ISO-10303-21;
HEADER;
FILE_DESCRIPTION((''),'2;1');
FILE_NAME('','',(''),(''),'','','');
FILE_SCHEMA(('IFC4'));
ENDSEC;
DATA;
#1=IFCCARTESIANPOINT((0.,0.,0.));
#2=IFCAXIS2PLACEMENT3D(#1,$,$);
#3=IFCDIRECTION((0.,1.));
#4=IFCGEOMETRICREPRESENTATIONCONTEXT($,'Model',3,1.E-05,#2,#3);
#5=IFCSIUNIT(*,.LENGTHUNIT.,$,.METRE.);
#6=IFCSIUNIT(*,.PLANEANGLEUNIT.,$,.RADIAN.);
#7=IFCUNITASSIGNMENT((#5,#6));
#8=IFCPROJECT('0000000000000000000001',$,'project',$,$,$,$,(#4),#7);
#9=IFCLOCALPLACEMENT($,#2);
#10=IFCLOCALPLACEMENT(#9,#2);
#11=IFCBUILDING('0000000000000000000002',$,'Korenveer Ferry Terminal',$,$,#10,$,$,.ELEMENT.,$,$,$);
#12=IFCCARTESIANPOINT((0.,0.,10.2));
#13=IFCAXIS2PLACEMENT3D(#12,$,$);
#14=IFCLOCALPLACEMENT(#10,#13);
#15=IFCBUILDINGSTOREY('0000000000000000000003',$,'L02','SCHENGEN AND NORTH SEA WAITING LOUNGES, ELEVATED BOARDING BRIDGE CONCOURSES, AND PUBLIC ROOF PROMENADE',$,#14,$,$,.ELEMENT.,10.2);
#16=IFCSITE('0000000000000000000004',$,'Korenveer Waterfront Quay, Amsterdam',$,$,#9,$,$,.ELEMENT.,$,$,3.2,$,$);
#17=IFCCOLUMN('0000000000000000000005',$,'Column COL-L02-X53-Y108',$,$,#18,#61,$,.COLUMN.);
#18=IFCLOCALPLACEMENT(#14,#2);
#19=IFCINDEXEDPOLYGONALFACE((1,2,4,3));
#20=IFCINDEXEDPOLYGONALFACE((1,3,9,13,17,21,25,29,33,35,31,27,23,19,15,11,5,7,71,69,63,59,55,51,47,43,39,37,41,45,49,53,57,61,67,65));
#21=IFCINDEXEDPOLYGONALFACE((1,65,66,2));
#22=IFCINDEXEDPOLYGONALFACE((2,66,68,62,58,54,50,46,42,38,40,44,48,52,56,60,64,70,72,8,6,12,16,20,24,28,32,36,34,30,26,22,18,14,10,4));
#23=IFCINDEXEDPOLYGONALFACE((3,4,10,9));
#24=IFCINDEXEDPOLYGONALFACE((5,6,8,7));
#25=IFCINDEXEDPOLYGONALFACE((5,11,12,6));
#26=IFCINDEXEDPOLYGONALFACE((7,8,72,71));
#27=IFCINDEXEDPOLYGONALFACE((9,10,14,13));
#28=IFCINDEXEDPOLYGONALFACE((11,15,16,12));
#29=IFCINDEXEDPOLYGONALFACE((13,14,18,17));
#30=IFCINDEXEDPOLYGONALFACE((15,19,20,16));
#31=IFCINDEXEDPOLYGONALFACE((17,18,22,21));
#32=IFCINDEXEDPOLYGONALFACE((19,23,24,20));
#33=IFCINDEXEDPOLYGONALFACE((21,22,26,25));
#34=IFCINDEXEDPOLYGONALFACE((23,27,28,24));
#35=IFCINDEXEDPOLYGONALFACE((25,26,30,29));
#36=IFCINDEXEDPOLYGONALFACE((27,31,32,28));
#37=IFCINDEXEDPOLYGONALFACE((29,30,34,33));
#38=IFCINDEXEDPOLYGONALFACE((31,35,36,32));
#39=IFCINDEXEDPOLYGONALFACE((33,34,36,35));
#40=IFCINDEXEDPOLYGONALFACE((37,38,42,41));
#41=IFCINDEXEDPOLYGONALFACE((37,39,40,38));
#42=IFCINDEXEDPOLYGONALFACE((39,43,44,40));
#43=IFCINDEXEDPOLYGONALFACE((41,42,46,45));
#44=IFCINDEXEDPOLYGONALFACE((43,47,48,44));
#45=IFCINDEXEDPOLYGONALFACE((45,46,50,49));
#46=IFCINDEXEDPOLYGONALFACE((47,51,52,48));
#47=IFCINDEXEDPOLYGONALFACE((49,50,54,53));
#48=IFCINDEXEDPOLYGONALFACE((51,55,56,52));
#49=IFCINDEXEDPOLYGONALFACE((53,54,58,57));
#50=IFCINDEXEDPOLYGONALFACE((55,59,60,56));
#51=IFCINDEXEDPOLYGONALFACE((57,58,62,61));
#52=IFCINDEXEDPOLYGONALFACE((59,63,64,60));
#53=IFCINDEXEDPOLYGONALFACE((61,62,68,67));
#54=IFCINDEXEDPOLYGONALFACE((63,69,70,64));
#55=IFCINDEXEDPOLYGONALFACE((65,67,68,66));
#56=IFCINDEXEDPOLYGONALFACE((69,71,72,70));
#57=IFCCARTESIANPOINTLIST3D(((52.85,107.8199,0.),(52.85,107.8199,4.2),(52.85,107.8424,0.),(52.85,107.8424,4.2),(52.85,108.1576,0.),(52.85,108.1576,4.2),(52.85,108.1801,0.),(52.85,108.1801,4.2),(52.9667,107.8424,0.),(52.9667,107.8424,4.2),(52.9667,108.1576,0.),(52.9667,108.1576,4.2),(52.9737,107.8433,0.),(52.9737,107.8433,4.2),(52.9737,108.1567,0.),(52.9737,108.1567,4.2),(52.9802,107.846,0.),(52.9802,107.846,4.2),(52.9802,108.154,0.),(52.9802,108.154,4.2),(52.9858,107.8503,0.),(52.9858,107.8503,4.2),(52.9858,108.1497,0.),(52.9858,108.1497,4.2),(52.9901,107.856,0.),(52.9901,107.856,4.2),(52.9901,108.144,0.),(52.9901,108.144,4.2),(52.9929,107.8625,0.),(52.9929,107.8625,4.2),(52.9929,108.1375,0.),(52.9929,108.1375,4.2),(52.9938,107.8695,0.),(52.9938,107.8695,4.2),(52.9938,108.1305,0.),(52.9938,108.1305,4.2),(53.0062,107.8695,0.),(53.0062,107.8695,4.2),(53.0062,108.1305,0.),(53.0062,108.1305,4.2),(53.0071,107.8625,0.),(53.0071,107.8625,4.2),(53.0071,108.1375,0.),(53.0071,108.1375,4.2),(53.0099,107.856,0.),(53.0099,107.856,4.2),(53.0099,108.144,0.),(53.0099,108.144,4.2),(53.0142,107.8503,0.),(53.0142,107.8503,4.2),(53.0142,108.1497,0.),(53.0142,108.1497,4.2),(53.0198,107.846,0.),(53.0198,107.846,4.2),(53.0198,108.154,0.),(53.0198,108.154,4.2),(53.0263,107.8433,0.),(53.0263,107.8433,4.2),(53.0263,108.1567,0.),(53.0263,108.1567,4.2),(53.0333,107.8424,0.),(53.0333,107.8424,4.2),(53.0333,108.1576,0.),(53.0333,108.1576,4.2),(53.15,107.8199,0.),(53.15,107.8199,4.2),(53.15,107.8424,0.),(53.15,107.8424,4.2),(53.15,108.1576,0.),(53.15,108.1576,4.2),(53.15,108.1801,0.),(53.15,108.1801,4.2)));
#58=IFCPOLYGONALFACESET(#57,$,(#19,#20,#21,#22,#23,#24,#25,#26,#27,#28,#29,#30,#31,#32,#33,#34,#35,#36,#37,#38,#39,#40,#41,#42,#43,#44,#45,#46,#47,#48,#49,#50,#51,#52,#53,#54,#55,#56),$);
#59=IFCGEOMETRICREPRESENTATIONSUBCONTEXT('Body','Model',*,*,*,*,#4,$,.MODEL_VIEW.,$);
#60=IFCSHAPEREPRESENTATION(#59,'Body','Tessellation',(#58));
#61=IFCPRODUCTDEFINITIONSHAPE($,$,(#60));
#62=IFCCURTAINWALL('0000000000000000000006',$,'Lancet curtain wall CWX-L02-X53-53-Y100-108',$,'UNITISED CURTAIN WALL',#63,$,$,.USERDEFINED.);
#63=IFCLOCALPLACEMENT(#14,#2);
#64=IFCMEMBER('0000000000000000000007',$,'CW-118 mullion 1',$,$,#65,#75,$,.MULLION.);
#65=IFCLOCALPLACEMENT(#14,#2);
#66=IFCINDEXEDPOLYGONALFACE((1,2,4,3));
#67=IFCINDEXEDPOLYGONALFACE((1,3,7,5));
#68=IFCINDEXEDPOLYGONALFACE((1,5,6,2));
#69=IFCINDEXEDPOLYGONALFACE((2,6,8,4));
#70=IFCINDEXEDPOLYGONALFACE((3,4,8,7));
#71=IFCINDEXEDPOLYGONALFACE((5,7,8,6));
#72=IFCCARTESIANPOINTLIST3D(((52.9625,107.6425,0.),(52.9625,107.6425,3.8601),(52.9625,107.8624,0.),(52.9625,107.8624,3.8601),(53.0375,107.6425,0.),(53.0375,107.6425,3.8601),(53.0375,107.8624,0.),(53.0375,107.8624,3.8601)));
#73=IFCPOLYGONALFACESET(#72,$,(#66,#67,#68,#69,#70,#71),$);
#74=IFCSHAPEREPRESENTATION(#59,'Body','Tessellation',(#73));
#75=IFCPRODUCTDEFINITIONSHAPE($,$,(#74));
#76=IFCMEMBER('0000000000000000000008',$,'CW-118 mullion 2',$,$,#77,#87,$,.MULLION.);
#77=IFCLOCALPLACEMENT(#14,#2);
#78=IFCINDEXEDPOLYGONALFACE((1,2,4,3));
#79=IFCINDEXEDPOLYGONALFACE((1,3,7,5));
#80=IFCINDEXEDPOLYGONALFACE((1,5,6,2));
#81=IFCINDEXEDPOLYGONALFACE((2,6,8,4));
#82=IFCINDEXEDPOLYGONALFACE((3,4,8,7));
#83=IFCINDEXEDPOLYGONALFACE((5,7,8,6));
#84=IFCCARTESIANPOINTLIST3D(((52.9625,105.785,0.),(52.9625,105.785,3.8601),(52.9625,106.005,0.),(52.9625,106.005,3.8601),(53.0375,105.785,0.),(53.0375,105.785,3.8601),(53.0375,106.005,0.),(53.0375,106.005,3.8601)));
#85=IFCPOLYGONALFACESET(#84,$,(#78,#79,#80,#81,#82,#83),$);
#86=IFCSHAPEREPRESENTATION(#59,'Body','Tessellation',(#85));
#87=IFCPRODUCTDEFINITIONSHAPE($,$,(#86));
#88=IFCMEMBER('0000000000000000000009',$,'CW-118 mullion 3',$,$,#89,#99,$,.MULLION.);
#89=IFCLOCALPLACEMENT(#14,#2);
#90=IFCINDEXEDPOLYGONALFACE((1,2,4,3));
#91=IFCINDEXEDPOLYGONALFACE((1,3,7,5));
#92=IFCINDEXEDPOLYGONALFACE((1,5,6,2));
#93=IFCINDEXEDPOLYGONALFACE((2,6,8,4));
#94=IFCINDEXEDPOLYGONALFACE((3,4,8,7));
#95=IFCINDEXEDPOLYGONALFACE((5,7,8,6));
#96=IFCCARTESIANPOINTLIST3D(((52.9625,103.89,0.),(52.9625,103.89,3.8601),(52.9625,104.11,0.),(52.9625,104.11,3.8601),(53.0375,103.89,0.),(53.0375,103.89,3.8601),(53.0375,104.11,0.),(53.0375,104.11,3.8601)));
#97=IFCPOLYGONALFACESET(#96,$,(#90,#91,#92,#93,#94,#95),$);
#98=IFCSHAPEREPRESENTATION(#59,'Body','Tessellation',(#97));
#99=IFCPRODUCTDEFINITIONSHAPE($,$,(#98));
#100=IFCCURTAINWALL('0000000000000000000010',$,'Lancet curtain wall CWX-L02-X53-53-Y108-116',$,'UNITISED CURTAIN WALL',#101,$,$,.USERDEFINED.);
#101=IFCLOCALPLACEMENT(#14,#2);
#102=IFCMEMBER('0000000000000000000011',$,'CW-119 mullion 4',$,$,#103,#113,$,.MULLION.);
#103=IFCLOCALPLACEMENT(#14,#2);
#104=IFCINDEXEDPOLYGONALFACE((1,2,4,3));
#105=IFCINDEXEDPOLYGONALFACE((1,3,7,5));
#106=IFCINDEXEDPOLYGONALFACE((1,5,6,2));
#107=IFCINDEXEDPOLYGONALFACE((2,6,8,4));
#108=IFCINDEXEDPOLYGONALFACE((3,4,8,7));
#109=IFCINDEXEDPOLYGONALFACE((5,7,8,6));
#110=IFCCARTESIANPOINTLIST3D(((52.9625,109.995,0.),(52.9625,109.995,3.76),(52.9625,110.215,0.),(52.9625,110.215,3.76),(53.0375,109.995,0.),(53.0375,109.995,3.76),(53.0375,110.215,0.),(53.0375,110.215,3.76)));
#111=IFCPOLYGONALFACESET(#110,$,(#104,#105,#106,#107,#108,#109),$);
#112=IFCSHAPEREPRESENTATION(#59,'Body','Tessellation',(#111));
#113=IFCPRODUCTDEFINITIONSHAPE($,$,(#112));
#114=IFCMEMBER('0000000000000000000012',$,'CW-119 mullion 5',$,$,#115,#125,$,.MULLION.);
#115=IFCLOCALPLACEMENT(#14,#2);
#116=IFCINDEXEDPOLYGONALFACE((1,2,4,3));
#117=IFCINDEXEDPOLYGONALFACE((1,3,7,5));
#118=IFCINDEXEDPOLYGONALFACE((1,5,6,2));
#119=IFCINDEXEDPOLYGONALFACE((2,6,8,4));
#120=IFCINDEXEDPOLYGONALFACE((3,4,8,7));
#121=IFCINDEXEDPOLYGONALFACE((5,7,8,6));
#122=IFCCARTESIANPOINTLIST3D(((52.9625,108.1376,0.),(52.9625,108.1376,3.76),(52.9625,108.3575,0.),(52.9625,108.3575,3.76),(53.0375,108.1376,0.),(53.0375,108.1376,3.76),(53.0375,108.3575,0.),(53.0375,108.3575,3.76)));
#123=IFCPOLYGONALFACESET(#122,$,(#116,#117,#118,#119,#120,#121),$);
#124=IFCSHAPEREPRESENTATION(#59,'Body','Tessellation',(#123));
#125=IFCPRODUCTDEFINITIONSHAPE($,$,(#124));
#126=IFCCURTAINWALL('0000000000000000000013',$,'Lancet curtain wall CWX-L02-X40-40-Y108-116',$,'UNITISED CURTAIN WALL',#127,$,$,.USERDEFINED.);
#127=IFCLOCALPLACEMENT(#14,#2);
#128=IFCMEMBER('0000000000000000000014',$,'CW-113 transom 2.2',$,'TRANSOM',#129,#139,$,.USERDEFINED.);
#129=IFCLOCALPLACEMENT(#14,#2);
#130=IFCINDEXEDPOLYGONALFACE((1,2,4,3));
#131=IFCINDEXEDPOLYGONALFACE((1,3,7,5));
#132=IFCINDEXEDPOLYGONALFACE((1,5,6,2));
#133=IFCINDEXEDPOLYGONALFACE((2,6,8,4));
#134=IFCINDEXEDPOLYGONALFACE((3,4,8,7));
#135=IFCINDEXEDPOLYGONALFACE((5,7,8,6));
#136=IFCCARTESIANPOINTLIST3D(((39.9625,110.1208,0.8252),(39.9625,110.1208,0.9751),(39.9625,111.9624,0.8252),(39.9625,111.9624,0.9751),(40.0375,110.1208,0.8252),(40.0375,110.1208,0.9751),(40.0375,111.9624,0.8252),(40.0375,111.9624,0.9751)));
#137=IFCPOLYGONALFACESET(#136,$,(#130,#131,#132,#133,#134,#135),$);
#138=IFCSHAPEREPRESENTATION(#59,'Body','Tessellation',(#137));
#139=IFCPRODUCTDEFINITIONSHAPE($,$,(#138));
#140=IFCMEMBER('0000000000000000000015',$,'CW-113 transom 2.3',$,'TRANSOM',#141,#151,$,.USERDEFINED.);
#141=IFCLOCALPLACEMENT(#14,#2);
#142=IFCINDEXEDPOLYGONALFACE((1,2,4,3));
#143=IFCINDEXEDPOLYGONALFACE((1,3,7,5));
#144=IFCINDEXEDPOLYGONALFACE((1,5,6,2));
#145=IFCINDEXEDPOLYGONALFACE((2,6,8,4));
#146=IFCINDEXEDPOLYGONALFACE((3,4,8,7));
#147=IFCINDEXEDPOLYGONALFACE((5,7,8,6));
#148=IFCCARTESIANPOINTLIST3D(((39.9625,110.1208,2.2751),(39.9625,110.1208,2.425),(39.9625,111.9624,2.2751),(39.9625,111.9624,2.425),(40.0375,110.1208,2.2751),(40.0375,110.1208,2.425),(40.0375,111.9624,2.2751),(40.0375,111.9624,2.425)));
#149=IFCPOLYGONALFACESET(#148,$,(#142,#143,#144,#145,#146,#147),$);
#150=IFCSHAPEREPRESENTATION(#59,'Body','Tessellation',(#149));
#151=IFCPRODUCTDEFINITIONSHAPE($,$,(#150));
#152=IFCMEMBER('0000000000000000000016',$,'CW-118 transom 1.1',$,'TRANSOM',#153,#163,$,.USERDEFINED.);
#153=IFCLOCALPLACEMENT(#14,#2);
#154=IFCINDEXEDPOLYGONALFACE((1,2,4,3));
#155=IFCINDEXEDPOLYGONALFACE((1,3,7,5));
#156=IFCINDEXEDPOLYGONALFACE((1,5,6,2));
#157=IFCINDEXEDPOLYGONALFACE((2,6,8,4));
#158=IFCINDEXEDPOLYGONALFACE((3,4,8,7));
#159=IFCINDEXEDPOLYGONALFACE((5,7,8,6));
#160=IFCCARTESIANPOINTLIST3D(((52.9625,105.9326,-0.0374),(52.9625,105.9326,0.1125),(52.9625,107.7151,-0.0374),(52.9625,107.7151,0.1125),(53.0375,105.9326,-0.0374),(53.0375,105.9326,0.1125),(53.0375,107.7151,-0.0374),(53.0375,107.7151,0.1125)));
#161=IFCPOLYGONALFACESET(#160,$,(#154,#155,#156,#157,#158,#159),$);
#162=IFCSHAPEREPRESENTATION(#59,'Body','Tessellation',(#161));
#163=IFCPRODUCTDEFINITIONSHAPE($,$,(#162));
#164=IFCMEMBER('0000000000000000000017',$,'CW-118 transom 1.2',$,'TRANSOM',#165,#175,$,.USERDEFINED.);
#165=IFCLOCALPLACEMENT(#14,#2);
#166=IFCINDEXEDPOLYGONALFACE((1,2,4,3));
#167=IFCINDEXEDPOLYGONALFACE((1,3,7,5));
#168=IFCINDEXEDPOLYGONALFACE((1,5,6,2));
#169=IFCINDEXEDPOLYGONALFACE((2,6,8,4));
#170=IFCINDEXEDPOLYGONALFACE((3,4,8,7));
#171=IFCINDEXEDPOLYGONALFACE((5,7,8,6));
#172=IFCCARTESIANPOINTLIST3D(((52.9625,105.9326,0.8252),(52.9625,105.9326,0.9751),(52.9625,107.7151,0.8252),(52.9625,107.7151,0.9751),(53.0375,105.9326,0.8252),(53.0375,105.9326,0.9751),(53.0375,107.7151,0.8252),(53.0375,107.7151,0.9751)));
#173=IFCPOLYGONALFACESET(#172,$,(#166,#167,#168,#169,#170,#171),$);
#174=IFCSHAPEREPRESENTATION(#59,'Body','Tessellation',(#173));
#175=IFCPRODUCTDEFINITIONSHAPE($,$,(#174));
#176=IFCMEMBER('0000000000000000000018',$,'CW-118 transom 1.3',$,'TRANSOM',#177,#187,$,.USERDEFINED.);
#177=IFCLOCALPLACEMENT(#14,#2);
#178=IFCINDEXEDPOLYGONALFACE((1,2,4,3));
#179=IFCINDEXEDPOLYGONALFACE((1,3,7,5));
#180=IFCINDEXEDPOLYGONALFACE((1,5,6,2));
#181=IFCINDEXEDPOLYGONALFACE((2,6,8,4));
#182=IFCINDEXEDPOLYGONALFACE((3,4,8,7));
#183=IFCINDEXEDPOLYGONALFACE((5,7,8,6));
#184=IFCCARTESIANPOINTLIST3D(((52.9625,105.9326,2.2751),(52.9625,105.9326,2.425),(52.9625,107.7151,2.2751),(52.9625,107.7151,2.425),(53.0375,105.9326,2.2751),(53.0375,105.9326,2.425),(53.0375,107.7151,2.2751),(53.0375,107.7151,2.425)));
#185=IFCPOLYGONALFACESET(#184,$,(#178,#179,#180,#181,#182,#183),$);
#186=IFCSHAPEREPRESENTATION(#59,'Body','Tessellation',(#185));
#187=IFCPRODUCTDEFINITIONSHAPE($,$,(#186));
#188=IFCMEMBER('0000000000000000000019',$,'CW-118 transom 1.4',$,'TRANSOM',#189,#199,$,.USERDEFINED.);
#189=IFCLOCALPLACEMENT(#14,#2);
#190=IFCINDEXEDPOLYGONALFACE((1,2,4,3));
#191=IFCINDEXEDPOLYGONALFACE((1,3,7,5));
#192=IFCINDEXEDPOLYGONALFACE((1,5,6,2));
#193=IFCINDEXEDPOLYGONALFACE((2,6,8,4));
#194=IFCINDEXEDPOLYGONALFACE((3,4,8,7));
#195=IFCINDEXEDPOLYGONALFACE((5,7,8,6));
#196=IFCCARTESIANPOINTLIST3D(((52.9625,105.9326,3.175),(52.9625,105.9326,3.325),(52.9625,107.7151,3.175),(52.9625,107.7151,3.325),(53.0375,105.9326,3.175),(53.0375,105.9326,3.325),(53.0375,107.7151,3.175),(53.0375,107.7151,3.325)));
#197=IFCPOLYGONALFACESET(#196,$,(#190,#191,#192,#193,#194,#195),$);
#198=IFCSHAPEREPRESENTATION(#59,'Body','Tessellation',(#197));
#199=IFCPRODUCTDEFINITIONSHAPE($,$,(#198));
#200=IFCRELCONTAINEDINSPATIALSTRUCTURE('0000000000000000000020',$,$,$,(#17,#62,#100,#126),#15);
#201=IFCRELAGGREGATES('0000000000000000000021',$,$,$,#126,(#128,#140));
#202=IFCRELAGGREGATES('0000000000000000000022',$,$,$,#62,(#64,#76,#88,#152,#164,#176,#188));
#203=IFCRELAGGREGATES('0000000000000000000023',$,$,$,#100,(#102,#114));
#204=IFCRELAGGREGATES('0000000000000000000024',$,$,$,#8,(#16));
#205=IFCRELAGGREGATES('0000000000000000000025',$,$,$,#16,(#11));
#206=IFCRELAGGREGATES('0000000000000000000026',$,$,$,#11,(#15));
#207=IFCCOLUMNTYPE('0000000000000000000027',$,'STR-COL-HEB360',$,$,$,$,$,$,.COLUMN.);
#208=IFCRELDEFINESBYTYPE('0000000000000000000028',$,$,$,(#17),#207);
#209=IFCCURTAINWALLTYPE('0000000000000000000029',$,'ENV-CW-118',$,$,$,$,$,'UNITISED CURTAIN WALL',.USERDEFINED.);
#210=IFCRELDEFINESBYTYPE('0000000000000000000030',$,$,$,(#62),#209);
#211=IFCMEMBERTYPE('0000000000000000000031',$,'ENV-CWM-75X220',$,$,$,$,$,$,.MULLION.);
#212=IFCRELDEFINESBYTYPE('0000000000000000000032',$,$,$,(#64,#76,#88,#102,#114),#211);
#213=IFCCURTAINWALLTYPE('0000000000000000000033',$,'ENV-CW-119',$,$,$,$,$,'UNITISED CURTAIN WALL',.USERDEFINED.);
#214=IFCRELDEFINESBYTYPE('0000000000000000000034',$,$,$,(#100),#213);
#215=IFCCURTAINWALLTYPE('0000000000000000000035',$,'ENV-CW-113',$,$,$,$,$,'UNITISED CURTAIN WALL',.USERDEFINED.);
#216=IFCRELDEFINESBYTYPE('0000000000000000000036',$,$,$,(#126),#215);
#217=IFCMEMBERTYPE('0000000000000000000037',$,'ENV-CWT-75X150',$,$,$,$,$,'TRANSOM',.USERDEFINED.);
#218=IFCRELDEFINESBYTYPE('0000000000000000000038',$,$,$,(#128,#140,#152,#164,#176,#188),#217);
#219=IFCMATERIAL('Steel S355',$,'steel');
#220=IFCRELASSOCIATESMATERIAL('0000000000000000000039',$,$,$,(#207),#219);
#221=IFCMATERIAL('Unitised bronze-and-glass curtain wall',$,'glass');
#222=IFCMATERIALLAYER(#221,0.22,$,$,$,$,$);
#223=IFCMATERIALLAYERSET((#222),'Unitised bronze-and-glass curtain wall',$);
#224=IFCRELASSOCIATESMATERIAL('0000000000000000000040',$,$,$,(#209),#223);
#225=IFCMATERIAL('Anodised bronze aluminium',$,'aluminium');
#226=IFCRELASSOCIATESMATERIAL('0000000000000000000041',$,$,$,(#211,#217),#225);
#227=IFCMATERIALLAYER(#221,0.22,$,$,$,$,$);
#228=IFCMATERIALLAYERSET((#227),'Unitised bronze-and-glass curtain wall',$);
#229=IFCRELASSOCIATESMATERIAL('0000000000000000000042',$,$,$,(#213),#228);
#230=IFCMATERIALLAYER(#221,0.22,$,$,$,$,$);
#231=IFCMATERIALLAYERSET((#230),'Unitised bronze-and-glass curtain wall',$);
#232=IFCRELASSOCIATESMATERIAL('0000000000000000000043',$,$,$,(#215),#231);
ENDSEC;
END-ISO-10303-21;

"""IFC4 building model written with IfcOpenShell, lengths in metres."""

from ifc_helpers import new_model, si_unit, direction, frame, origin, origin_2d, place, context, subcontext, project, spatial, rectangle, i_section, extrude, material, layer, layer_set, material_profile, profile_set, type_object, element, aggregate, save


model = new_model("IFC4")

# Units and contexts
model_context = context("Model", 3, precision=1e-05, world=origin(), true_north=direction((0.0, 1.0)))
body_context = subcontext(model_context, "Body", "Model", "MODEL_VIEW")
ifc_project = project(units=[si_unit("LENGTHUNIT", "METRE"), si_unit("PLANEANGLEUNIT", "RADIAN")], contexts=[model_context])

# Site, building, storey
site_placement = place(None, origin())
site = spatial("IfcSite", under=ifc_project, at=site_placement, Name="Korenveer Waterfront Quay, Amsterdam", CompositionType="ELEMENT", RefElevation=3.2)
building_placement = place(site_placement, origin())
building = spatial("IfcBuilding", under=site, at=building_placement, Name="Korenveer Ferry Terminal", CompositionType="ELEMENT")
storey_placement = place(building_placement, frame((0.0, 0.0, 10.2)))
storey = spatial("IfcBuildingStorey", under=building, at=storey_placement, Name="L02", Description="SCHENGEN AND NORTH SEA WAITING LOUNGES, ELEVATED BOARDING BRIDGE CONCOURSES, AND PUBLIC ROOF PROMENADE", CompositionType="ELEMENT", Elevation=10.2)

# Column
ifc_material_1 = material(Name="Steel S355", Category="steel")
ifc_material_profile_1 = material_profile(ifc_material_1, i_section(OverallWidth=0.3, OverallDepth=0.3601, WebThickness=0.0125, FlangeThickness=0.0225, FilletRadius=0.0271, at=origin_2d()), Name="HEB 360")
ifc_profile_set_1 = profile_set([ifc_material_profile_1], Name="Steel S355")
column_type = type_object("IfcColumnType", Name="STR-COL-HEB360", PredefinedType="COLUMN", material=ifc_profile_set_1)
column_placement = place(storey_placement, frame((53.0, 108.0, 0.0), z_axis=(0.0, 0.0, 1.0), x_axis=(1.0, 0.0, 0.0)))
element("IfcColumn", 1, at=column_placement, inside=storey, type_object=column_type, Name="Column COL-L02-X53-Y108", PredefinedType="COLUMN", context=body_context, shape_type="SweptSolid", body=[
    extrude(i_section(OverallWidth=0.3, OverallDepth=0.3601, WebThickness=0.0125, FlangeThickness=0.0225, FilletRadius=0.0271, at=origin_2d()), origin(), (0.0, 0.0, 1.0), 4.2),
])

# Curtain walls, members
ifc_material_2 = material(Name="Unitised bronze-and-glass curtain wall", Category="glass")
ifc_layer_1 = layer(ifc_material_2, 0.22)
ifc_layer_set_1 = layer_set([ifc_layer_1], Name="Unitised bronze-and-glass curtain wall")
curtain_wall_type_1 = type_object("IfcCurtainWallType", Name="ENV-CW-118", ElementType="UNITISED CURTAIN WALL", PredefinedType="USERDEFINED", material=ifc_layer_set_1)
curtain_wall_1_placement = place(storey_placement, frame((53.0, 107.79, 0.0)))
curtain_wall_1 = element("IfcCurtainWall", 2, at=curtain_wall_1_placement, inside=storey, type_object=curtain_wall_type_1, Name="Lancet curtain wall CWX-L02-X53-53-Y100-108", ObjectType="UNITISED CURTAIN WALL", PredefinedType="USERDEFINED")
ifc_material_3 = material(Name="Anodised bronze aluminium", Category="aluminium")
ifc_material_profile_2 = material_profile(ifc_material_3, rectangle(XDim=0.075, YDim=0.22, at=origin_2d()), Name="ALU 75x220")
ifc_profile_set_2 = profile_set([ifc_material_profile_2], Name="Anodised bronze aluminium")
member_type_1 = type_object("IfcMemberType", Name="ENV-CWM-75X220", PredefinedType="MULLION", material=ifc_profile_set_2)
member_1_placement = place(storey_placement, frame((53.0, 107.7524, 0.0), z_axis=(0.0, 0.0, 1.0), x_axis=(1.0, 0.0, 0.0)))
member_1 = element("IfcMember", 3, at=member_1_placement, type_object=member_type_1, Name="CW-118 mullion 1", PredefinedType="MULLION", context=body_context, shape_type="SweptSolid", body=[
    extrude(rectangle(XDim=0.075, YDim=0.22, at=origin_2d()), origin(), (0.0, 0.0, 1.0), 3.8601),
])
member_2_placement = place(storey_placement, frame((53.0, 105.895, 0.0), z_axis=(0.0, 0.0, 1.0), x_axis=(1.0, 0.0, 0.0)))
member_2 = element("IfcMember", 4, at=member_2_placement, type_object=member_type_1, Name="CW-118 mullion 2", PredefinedType="MULLION", context=body_context, shape_type="SweptSolid", body=[
    extrude(rectangle(XDim=0.075, YDim=0.22, at=origin_2d()), origin(), (0.0, 0.0, 1.0), 3.8601),
])
member_3_placement = place(storey_placement, frame((53.0, 104.0, 0.0), z_axis=(0.0, 0.0, 1.0), x_axis=(1.0, 0.0, 0.0)))
member_3 = element("IfcMember", 5, at=member_3_placement, type_object=member_type_1, Name="CW-118 mullion 3", PredefinedType="MULLION", context=body_context, shape_type="SweptSolid", body=[
    extrude(rectangle(XDim=0.075, YDim=0.22, at=origin_2d()), origin(), (0.0, 0.0, 1.0), 3.8601),
])
ifc_layer_2 = layer(ifc_material_2, 0.22)
ifc_layer_set_2 = layer_set([ifc_layer_2], Name="Unitised bronze-and-glass curtain wall")
curtain_wall_type_2 = type_object("IfcCurtainWallType", Name="ENV-CW-119", ElementType="UNITISED CURTAIN WALL", PredefinedType="USERDEFINED", material=ifc_layer_set_2)
curtain_wall_2_placement = place(storey_placement, frame((53.0, 115.79, 0.0)))
curtain_wall_2 = element("IfcCurtainWall", 6, at=curtain_wall_2_placement, inside=storey, type_object=curtain_wall_type_2, Name="Lancet curtain wall CWX-L02-X53-53-Y108-116", ObjectType="UNITISED CURTAIN WALL", PredefinedType="USERDEFINED")
member_4_placement = place(storey_placement, frame((53.0, 110.105, 0.0), z_axis=(0.0, 0.0, 1.0), x_axis=(1.0, 0.0, 0.0)))
member_4 = element("IfcMember", 7, at=member_4_placement, type_object=member_type_1, Name="CW-119 mullion 4", PredefinedType="MULLION", context=body_context, shape_type="SweptSolid", body=[
    extrude(rectangle(XDim=0.075, YDim=0.22, at=origin_2d()), origin(), (0.0, 0.0, 1.0), 3.76),
])
member_5_placement = place(storey_placement, frame((53.0, 108.2476, 0.0), z_axis=(0.0, 0.0, 1.0), x_axis=(1.0, 0.0, 0.0)))
member_5 = element("IfcMember", 8, at=member_5_placement, type_object=member_type_1, Name="CW-119 mullion 5", PredefinedType="MULLION", context=body_context, shape_type="SweptSolid", body=[
    extrude(rectangle(XDim=0.075, YDim=0.22, at=origin_2d()), origin(), (0.0, 0.0, 1.0), 3.76),
])
ifc_layer_3 = layer(ifc_material_2, 0.22)
ifc_layer_set_3 = layer_set([ifc_layer_3], Name="Unitised bronze-and-glass curtain wall")
curtain_wall_type_3 = type_object("IfcCurtainWallType", Name="ENV-CW-113", ElementType="UNITISED CURTAIN WALL", PredefinedType="USERDEFINED", material=ifc_layer_set_3)
curtain_wall_3_placement = place(storey_placement, frame((40.0, 108.1665, 0.0)))
curtain_wall_3 = element("IfcCurtainWall", 9, at=curtain_wall_3_placement, inside=storey, type_object=curtain_wall_type_3, Name="Lancet curtain wall CWX-L02-X40-40-Y108-116", ObjectType="UNITISED CURTAIN WALL", PredefinedType="USERDEFINED")
ifc_material_profile_3 = material_profile(ifc_material_3, rectangle(XDim=0.075, YDim=0.1499, at=origin_2d()), Name="ALU 75x150")
ifc_profile_set_3 = profile_set([ifc_material_profile_3], Name="Anodised bronze aluminium")
member_type_2 = type_object("IfcMemberType", Name="ENV-CWT-75X150", ElementType="TRANSOM", PredefinedType="USERDEFINED", material=ifc_profile_set_3)
member_6_placement = place(storey_placement, frame((40.0, 110.1208, 0.9001), z_axis=(0.0, 1.0, 0.0), x_axis=(-1.0, 0.0, 0.0)))
member_6 = element("IfcMember", 10, at=member_6_placement, type_object=member_type_2, Name="CW-113 transom 2.2", ObjectType="TRANSOM", PredefinedType="USERDEFINED", context=body_context, shape_type="SweptSolid", body=[
    extrude(rectangle(XDim=0.075, YDim=0.1499, at=origin_2d()), origin(), (0.0, 0.0, 1.0), 1.8416),
])
member_7_placement = place(storey_placement, frame((40.0, 110.1208, 2.3501), z_axis=(0.0, 1.0, 0.0), x_axis=(-1.0, 0.0, 0.0)))
member_7 = element("IfcMember", 11, at=member_7_placement, type_object=member_type_2, Name="CW-113 transom 2.3", ObjectType="TRANSOM", PredefinedType="USERDEFINED", context=body_context, shape_type="SweptSolid", body=[
    extrude(rectangle(XDim=0.075, YDim=0.1499, at=origin_2d()), origin(), (0.0, 0.0, 1.0), 1.8416),
])
aggregate(curtain_wall_3, [member_6, member_7])

# Members
member_8_placement = place(storey_placement, frame((53.0, 107.7151, 0.0376), z_axis=(0.0, -1.0, 0.0), x_axis=(1.0, 0.0, 0.0)))
member_8 = element("IfcMember", 12, at=member_8_placement, type_object=member_type_2, Name="CW-118 transom 1.1", ObjectType="TRANSOM", PredefinedType="USERDEFINED", context=body_context, shape_type="SweptSolid", body=[
    extrude(rectangle(XDim=0.075, YDim=0.1499, at=origin_2d()), origin(), (0.0, 0.0, 1.0), 1.7825),
])
member_9_placement = place(storey_placement, frame((53.0, 107.7151, 0.9001), z_axis=(0.0, -1.0, 0.0), x_axis=(1.0, 0.0, 0.0)))
member_9 = element("IfcMember", 13, at=member_9_placement, type_object=member_type_2, Name="CW-118 transom 1.2", ObjectType="TRANSOM", PredefinedType="USERDEFINED", context=body_context, shape_type="SweptSolid", body=[
    extrude(rectangle(XDim=0.075, YDim=0.1499, at=origin_2d()), origin(), (0.0, 0.0, 1.0), 1.7825),
])
member_10_placement = place(storey_placement, frame((53.0, 107.7151, 2.3501), z_axis=(0.0, -1.0, 0.0), x_axis=(1.0, 0.0, 0.0)))
member_10 = element("IfcMember", 14, at=member_10_placement, type_object=member_type_2, Name="CW-118 transom 1.3", ObjectType="TRANSOM", PredefinedType="USERDEFINED", context=body_context, shape_type="SweptSolid", body=[
    extrude(rectangle(XDim=0.075, YDim=0.1499, at=origin_2d()), origin(), (0.0, 0.0, 1.0), 1.7825),
])
member_11_placement = place(storey_placement, frame((53.0, 107.7151, 3.25), z_axis=(0.0, -1.0, 0.0), x_axis=(1.0, 0.0, 0.0)))
member_11 = element("IfcMember", 15, at=member_11_placement, type_object=member_type_2, Name="CW-118 transom 1.4", ObjectType="TRANSOM", PredefinedType="USERDEFINED", context=body_context, shape_type="SweptSolid", body=[
    extrude(rectangle(XDim=0.075, YDim=0.1499, at=origin_2d()), origin(), (0.0, 0.0, 1.0), 1.7825),
])

aggregate(curtain_wall_1, [member_1, member_2, member_3, member_8, member_9, member_10, member_11])
aggregate(curtain_wall_2, [member_4, member_5])

save(model, "model.ifc")
